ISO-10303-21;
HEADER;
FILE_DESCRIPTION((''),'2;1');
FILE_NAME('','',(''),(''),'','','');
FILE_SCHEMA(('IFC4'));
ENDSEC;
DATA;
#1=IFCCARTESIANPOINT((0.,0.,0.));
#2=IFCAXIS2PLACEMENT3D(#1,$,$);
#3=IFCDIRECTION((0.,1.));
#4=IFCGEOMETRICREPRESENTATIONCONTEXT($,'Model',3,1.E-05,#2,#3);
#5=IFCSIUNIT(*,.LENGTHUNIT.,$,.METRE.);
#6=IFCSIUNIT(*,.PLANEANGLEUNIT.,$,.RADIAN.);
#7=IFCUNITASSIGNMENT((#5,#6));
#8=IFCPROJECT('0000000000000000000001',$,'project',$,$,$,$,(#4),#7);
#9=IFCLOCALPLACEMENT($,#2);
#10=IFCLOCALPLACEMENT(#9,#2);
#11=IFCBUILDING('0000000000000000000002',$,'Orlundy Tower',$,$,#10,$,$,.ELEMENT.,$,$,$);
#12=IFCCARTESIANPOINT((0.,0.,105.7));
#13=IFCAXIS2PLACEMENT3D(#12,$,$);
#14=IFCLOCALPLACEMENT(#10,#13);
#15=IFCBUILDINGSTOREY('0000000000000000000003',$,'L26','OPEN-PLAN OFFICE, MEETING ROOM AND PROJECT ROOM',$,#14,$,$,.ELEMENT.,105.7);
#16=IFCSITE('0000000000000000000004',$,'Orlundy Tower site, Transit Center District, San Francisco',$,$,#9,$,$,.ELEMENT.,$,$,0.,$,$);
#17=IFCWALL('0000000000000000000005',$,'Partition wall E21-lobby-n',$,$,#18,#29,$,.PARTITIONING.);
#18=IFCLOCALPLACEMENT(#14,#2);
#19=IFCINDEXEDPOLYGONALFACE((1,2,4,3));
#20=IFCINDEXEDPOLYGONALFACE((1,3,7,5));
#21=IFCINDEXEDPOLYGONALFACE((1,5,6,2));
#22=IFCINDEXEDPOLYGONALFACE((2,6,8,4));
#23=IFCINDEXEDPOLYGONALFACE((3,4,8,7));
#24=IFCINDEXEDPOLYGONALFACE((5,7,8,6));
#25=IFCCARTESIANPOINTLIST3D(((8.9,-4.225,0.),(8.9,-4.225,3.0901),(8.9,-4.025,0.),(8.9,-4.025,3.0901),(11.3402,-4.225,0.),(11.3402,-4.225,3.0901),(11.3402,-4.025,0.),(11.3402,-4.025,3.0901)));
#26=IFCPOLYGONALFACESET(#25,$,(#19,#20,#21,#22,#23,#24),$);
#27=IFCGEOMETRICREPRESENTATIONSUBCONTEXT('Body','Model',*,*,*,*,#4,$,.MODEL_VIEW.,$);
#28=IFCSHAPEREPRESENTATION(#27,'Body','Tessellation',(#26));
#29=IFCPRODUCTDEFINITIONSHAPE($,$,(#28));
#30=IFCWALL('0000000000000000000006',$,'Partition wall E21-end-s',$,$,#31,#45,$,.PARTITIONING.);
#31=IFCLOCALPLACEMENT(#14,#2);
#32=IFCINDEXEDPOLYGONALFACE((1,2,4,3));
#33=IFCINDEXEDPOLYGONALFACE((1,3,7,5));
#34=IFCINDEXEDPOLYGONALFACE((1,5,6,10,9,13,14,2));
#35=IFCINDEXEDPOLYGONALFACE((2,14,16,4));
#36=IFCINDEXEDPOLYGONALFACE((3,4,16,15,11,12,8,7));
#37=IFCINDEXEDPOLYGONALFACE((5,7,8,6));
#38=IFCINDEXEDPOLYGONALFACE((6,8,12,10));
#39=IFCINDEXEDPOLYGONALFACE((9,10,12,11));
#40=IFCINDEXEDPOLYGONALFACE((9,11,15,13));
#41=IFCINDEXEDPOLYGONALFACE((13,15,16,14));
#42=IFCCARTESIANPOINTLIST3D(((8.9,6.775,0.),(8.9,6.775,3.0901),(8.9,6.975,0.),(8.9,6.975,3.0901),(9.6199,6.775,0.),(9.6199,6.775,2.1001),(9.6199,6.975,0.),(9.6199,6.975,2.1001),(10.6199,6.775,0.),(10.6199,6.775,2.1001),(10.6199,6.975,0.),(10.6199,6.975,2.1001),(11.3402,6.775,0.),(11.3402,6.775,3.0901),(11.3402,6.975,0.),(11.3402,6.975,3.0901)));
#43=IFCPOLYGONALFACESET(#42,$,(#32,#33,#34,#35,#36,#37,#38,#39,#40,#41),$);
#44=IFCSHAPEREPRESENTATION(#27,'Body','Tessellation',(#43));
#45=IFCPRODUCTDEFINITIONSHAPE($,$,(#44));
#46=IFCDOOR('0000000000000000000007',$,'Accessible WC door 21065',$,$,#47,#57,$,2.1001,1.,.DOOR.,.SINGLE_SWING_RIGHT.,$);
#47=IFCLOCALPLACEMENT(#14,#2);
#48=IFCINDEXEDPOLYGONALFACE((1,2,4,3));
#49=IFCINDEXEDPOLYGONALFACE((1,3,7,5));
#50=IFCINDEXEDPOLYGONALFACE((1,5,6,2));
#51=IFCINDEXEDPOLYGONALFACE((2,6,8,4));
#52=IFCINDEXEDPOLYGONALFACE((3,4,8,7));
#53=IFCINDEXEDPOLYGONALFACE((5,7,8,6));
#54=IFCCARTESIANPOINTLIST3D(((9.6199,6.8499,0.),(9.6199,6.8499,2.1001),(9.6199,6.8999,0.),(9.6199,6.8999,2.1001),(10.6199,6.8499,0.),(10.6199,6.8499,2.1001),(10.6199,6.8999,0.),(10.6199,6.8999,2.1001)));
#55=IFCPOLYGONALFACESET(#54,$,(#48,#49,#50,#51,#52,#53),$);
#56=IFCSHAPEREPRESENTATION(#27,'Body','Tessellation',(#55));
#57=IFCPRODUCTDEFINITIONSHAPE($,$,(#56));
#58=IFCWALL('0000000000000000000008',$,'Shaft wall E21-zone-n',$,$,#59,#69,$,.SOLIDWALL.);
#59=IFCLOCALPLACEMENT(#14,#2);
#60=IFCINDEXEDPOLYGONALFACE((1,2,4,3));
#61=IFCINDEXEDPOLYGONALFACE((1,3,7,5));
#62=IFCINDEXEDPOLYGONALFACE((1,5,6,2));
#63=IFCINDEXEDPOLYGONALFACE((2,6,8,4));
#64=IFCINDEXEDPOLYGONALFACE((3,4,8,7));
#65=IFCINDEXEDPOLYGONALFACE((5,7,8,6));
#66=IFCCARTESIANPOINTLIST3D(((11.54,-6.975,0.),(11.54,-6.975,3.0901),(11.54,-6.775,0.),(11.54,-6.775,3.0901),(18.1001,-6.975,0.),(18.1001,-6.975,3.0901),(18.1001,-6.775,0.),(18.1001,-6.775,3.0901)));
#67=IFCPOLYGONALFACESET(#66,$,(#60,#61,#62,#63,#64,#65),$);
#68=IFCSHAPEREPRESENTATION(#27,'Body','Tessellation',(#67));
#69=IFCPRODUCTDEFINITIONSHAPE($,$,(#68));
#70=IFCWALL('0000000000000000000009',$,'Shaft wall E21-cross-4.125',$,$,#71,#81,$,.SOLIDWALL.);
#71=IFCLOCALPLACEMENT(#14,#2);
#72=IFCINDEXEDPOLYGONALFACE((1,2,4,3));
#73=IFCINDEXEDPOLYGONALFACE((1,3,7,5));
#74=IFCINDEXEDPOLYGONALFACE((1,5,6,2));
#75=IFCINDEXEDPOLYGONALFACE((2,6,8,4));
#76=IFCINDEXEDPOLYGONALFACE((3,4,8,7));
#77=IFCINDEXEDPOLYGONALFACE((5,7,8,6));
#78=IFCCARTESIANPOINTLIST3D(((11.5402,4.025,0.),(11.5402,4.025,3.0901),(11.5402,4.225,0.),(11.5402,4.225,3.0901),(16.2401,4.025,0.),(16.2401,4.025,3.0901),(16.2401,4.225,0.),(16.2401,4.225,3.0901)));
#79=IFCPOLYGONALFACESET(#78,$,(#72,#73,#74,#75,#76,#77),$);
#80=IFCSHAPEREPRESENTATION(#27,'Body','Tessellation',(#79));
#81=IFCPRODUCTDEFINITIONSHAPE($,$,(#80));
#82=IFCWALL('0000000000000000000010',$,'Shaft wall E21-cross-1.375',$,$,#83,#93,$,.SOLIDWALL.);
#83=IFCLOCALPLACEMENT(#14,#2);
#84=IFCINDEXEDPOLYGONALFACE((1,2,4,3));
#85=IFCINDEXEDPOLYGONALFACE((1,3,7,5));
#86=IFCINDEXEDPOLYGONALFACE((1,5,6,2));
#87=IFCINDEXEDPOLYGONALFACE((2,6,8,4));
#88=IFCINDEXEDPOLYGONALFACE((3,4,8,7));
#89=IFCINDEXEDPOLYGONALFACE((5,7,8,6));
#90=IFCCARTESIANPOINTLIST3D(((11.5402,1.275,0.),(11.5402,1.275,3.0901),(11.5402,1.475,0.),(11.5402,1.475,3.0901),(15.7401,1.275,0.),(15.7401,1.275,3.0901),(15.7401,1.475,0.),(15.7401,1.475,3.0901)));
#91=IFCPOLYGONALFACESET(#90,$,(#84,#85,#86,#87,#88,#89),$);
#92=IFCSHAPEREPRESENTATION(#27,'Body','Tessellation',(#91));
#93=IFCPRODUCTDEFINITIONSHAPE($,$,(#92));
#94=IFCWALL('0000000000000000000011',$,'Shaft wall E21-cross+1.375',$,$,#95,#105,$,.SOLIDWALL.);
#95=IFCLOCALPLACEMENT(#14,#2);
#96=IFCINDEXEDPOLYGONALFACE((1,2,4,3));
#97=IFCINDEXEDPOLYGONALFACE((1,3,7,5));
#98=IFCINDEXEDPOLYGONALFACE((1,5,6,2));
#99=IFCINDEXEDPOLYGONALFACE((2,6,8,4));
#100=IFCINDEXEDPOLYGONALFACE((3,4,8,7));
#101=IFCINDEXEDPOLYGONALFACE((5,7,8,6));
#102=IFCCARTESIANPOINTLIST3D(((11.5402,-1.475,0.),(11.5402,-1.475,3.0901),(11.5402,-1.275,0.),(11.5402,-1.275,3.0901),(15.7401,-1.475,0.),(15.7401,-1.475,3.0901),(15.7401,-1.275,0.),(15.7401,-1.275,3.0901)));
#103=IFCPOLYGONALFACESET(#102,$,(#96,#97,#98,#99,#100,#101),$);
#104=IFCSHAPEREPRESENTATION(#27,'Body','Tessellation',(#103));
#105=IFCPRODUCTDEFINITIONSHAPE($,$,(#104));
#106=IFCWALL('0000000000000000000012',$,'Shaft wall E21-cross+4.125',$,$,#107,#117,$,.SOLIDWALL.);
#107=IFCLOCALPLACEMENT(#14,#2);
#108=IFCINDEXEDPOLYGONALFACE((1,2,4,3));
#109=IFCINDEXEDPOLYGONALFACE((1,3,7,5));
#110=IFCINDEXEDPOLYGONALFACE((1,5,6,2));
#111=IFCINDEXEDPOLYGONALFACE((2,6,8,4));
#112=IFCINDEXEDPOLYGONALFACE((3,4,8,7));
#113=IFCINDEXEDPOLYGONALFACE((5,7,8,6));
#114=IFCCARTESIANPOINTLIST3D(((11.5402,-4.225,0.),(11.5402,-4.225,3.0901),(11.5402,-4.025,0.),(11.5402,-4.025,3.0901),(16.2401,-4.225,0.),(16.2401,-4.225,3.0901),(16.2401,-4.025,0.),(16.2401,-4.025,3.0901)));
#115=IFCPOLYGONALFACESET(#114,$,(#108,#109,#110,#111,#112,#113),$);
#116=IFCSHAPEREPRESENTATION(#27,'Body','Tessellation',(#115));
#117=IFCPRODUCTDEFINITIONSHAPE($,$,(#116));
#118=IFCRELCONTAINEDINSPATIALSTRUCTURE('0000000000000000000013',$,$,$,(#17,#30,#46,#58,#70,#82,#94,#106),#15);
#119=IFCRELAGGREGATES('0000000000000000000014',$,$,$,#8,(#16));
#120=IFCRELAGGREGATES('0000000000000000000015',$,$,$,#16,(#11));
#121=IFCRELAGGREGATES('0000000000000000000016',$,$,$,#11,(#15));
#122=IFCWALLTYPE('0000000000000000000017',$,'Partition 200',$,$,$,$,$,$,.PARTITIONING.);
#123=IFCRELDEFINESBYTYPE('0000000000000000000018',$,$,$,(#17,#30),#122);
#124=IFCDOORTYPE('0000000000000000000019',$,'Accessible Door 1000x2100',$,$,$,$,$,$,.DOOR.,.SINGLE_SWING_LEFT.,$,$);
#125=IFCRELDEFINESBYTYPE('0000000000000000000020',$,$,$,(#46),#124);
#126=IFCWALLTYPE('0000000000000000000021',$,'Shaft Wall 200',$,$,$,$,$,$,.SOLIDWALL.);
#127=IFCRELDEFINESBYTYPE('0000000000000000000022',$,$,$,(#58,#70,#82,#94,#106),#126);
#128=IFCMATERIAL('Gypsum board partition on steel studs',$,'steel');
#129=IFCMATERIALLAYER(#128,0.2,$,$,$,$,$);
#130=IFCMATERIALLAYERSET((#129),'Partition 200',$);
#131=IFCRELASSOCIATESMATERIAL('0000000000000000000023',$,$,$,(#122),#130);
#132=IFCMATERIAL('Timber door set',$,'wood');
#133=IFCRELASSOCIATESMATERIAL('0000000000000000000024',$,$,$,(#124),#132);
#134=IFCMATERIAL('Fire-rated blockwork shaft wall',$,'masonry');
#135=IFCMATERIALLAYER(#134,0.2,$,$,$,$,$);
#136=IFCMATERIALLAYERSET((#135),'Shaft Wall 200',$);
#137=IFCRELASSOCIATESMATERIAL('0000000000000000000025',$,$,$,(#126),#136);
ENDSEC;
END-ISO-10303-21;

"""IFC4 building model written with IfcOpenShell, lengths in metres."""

from ifc_helpers import new_model, si_unit, direction, frame, frame_2d, origin, place, context, subcontext, project, spatial, rectangle, extrude, material, layer, layer_set, type_object, element, fill, save


model = new_model("IFC4")

# Units and contexts
model_context = context("Model", 3, precision=1e-05, world=origin(), true_north=direction((0.0, 1.0)))
body_context = subcontext(model_context, "Body", "Model", "MODEL_VIEW")
ifc_project = project(units=[si_unit("LENGTHUNIT", "METRE"), si_unit("PLANEANGLEUNIT", "RADIAN")], contexts=[model_context])

# Site, building, storey
site_placement = place(None, origin())
site = spatial("IfcSite", under=ifc_project, at=site_placement, Name="Orlundy Tower site, Transit Center District, San Francisco", CompositionType="ELEMENT", RefElevation=0.0)
building_placement = place(site_placement, origin())
building = spatial("IfcBuilding", under=site, at=building_placement, Name="Orlundy Tower", CompositionType="ELEMENT")
storey_placement = place(building_placement, frame((0.0, 0.0, 105.7)))
storey = spatial("IfcBuildingStorey", under=building, at=storey_placement, Name="L26", Description="OPEN-PLAN OFFICE, MEETING ROOM AND PROJECT ROOM", CompositionType="ELEMENT", Elevation=105.7)

# Wall
ifc_material_1 = material(Name="Gypsum board partition on steel studs", Category="steel")
ifc_layer_1 = layer(ifc_material_1, 0.2)
ifc_layer_set_1 = layer_set([ifc_layer_1], Name="Partition 200")
wall_type_1 = type_object("IfcWallType", Name="Partition 200", PredefinedType="PARTITIONING", material=ifc_layer_set_1)
wall_1_placement = place(storey_placement, frame((8.8999, -4.125, 0.0), z_axis=(0.0, 0.0, 1.0), x_axis=(1.0, 0.0, 0.0)))
element("IfcWall", 1, at=wall_1_placement, inside=storey, type_object=wall_type_1, Name="Partition wall E21-lobby-n", PredefinedType="PARTITIONING", context=body_context, shape_type="SweptSolid", body=[
    extrude(rectangle(XDim=2.4402, YDim=0.2, at=frame_2d((1.2202, 0.0))), origin(), (0.0, 0.0, 1.0), 3.0901),
])

# Wall, opening, door
wall_2_placement = place(storey_placement, frame((8.8999, 6.875, 0.0), z_axis=(0.0, 0.0, 1.0), x_axis=(1.0, 0.0, 0.0)))
wall_2 = element("IfcWall", 2, at=wall_2_placement, inside=storey, type_object=wall_type_1, Name="Partition wall E21-end-s", PredefinedType="PARTITIONING", context=body_context, shape_type="SweptSolid", body=[
    extrude(rectangle(XDim=2.4402, YDim=0.2, at=frame_2d((1.2202, 0.0))), origin(), (0.0, 0.0, 1.0), 3.0901),
])
opening_1_placement = place(wall_2_placement, frame((0.72, 0.0, 0.0)))
opening_1 = element("IfcOpeningElement", 3, at=opening_1_placement, cuts=wall_2, PredefinedType="OPENING", context=body_context, shape_type="SweptSolid", body=[
    extrude(rectangle(XDim=1.0, YDim=2.1001, at=frame_2d((0.5, 1.05))), frame((0.0, 0.1101, 0.0), z_axis=(0.0, -1.0, 0.0), x_axis=(1.0, 0.0, 0.0)), (0.0, 0.0, 1.0), 0.2202),
])
ifc_material_2 = material(Name="Timber door set", Category="wood")
door_type_1 = type_object("IfcDoorType", Name="Accessible Door 1000x2100", OperationType="SINGLE_SWING_LEFT", PredefinedType="DOOR", material=ifc_material_2)
door_1_placement = place(opening_1_placement, origin())
door_1 = element("IfcDoor", 4, at=door_1_placement, inside=storey, type_object=door_type_1, Name="Accessible WC door 21065", OperationType="SINGLE_SWING_RIGHT", OverallHeight=2.1001, OverallWidth=1.0, PredefinedType="DOOR", context=body_context, shape_type="SweptSolid", body=[
    extrude(rectangle(XDim=1.0, YDim=2.1001, at=frame_2d((0.5, 1.05))), frame((0.0, 0.0249, 0.0), z_axis=(0.0, -1.0, 0.0), x_axis=(1.0, 0.0, 0.0)), (0.0, 0.0, 1.0), 0.05),
])
fill(opening_1, door_1)

# Walls
ifc_material_3 = material(Name="Fire-rated blockwork shaft wall", Category="masonry")
ifc_layer_2 = layer(ifc_material_3, 0.2)
ifc_layer_set_2 = layer_set([ifc_layer_2], Name="Shaft Wall 200")
wall_type_2 = type_object("IfcWallType", Name="Shaft Wall 200", PredefinedType="SOLIDWALL", material=ifc_layer_set_2)
wall_3_placement = place(storey_placement, frame((11.54, -6.875, 0.0), z_axis=(0.0, 0.0, 1.0), x_axis=(1.0, 0.0, 0.0)))
element("IfcWall", 5, at=wall_3_placement, inside=storey, type_object=wall_type_2, Name="Shaft wall E21-zone-n", PredefinedType="SOLIDWALL", context=body_context, shape_type="SweptSolid", body=[
    extrude(rectangle(XDim=6.5601, YDim=0.2, at=frame_2d((3.28, 0.0))), origin(), (0.0, 0.0, 1.0), 3.0901),
])
wall_4_placement = place(storey_placement, frame((11.54, 4.125, 0.0), z_axis=(0.0, 0.0, 1.0), x_axis=(1.0, 0.0, 0.0)))
element("IfcWall", 6, at=wall_4_placement, inside=storey, type_object=wall_type_2, Name="Shaft wall E21-cross-4.125", PredefinedType="SOLIDWALL", context=body_context, shape_type="SweptSolid", body=[
    extrude(rectangle(XDim=4.7, YDim=0.2, at=frame_2d((2.3501, 0.0))), origin(), (0.0, 0.0, 1.0), 3.0901),
])
for number, where, z_axis, x_axis, name in (
    (7, (11.54, 1.375, 0.0), (0.0, 0.0, 1.0), (1.0, 0.0, 0.0), "Shaft wall E21-cross-1.375"),
    (8, (11.54, -1.375, 0.0), (0.0, 0.0, 1.0), (1.0, 0.0, 0.0), "Shaft wall E21-cross+1.375"),
):
    element("IfcWall", number, at=place(storey_placement, frame(where, z_axis=z_axis, x_axis=x_axis)), inside=storey, type_object=wall_type_2, Name=name, PredefinedType="SOLIDWALL", context=body_context, shape_type="SweptSolid", body=[
        extrude(rectangle(XDim=4.2, YDim=0.2, at=frame_2d((2.1001, 0.0))), origin(), (0.0, 0.0, 1.0), 3.0901),
    ])
wall_5_placement = place(storey_placement, frame((11.54, -4.125, 0.0), z_axis=(0.0, 0.0, 1.0), x_axis=(1.0, 0.0, 0.0)))
element("IfcWall", 9, at=wall_5_placement, inside=storey, type_object=wall_type_2, Name="Shaft wall E21-cross+4.125", PredefinedType="SOLIDWALL", context=body_context, shape_type="SweptSolid", body=[
    extrude(rectangle(XDim=4.7, YDim=0.2, at=frame_2d((2.3501, 0.0))), origin(), (0.0, 0.0, 1.0), 3.0901),
])

save(model, "model.ifc")
